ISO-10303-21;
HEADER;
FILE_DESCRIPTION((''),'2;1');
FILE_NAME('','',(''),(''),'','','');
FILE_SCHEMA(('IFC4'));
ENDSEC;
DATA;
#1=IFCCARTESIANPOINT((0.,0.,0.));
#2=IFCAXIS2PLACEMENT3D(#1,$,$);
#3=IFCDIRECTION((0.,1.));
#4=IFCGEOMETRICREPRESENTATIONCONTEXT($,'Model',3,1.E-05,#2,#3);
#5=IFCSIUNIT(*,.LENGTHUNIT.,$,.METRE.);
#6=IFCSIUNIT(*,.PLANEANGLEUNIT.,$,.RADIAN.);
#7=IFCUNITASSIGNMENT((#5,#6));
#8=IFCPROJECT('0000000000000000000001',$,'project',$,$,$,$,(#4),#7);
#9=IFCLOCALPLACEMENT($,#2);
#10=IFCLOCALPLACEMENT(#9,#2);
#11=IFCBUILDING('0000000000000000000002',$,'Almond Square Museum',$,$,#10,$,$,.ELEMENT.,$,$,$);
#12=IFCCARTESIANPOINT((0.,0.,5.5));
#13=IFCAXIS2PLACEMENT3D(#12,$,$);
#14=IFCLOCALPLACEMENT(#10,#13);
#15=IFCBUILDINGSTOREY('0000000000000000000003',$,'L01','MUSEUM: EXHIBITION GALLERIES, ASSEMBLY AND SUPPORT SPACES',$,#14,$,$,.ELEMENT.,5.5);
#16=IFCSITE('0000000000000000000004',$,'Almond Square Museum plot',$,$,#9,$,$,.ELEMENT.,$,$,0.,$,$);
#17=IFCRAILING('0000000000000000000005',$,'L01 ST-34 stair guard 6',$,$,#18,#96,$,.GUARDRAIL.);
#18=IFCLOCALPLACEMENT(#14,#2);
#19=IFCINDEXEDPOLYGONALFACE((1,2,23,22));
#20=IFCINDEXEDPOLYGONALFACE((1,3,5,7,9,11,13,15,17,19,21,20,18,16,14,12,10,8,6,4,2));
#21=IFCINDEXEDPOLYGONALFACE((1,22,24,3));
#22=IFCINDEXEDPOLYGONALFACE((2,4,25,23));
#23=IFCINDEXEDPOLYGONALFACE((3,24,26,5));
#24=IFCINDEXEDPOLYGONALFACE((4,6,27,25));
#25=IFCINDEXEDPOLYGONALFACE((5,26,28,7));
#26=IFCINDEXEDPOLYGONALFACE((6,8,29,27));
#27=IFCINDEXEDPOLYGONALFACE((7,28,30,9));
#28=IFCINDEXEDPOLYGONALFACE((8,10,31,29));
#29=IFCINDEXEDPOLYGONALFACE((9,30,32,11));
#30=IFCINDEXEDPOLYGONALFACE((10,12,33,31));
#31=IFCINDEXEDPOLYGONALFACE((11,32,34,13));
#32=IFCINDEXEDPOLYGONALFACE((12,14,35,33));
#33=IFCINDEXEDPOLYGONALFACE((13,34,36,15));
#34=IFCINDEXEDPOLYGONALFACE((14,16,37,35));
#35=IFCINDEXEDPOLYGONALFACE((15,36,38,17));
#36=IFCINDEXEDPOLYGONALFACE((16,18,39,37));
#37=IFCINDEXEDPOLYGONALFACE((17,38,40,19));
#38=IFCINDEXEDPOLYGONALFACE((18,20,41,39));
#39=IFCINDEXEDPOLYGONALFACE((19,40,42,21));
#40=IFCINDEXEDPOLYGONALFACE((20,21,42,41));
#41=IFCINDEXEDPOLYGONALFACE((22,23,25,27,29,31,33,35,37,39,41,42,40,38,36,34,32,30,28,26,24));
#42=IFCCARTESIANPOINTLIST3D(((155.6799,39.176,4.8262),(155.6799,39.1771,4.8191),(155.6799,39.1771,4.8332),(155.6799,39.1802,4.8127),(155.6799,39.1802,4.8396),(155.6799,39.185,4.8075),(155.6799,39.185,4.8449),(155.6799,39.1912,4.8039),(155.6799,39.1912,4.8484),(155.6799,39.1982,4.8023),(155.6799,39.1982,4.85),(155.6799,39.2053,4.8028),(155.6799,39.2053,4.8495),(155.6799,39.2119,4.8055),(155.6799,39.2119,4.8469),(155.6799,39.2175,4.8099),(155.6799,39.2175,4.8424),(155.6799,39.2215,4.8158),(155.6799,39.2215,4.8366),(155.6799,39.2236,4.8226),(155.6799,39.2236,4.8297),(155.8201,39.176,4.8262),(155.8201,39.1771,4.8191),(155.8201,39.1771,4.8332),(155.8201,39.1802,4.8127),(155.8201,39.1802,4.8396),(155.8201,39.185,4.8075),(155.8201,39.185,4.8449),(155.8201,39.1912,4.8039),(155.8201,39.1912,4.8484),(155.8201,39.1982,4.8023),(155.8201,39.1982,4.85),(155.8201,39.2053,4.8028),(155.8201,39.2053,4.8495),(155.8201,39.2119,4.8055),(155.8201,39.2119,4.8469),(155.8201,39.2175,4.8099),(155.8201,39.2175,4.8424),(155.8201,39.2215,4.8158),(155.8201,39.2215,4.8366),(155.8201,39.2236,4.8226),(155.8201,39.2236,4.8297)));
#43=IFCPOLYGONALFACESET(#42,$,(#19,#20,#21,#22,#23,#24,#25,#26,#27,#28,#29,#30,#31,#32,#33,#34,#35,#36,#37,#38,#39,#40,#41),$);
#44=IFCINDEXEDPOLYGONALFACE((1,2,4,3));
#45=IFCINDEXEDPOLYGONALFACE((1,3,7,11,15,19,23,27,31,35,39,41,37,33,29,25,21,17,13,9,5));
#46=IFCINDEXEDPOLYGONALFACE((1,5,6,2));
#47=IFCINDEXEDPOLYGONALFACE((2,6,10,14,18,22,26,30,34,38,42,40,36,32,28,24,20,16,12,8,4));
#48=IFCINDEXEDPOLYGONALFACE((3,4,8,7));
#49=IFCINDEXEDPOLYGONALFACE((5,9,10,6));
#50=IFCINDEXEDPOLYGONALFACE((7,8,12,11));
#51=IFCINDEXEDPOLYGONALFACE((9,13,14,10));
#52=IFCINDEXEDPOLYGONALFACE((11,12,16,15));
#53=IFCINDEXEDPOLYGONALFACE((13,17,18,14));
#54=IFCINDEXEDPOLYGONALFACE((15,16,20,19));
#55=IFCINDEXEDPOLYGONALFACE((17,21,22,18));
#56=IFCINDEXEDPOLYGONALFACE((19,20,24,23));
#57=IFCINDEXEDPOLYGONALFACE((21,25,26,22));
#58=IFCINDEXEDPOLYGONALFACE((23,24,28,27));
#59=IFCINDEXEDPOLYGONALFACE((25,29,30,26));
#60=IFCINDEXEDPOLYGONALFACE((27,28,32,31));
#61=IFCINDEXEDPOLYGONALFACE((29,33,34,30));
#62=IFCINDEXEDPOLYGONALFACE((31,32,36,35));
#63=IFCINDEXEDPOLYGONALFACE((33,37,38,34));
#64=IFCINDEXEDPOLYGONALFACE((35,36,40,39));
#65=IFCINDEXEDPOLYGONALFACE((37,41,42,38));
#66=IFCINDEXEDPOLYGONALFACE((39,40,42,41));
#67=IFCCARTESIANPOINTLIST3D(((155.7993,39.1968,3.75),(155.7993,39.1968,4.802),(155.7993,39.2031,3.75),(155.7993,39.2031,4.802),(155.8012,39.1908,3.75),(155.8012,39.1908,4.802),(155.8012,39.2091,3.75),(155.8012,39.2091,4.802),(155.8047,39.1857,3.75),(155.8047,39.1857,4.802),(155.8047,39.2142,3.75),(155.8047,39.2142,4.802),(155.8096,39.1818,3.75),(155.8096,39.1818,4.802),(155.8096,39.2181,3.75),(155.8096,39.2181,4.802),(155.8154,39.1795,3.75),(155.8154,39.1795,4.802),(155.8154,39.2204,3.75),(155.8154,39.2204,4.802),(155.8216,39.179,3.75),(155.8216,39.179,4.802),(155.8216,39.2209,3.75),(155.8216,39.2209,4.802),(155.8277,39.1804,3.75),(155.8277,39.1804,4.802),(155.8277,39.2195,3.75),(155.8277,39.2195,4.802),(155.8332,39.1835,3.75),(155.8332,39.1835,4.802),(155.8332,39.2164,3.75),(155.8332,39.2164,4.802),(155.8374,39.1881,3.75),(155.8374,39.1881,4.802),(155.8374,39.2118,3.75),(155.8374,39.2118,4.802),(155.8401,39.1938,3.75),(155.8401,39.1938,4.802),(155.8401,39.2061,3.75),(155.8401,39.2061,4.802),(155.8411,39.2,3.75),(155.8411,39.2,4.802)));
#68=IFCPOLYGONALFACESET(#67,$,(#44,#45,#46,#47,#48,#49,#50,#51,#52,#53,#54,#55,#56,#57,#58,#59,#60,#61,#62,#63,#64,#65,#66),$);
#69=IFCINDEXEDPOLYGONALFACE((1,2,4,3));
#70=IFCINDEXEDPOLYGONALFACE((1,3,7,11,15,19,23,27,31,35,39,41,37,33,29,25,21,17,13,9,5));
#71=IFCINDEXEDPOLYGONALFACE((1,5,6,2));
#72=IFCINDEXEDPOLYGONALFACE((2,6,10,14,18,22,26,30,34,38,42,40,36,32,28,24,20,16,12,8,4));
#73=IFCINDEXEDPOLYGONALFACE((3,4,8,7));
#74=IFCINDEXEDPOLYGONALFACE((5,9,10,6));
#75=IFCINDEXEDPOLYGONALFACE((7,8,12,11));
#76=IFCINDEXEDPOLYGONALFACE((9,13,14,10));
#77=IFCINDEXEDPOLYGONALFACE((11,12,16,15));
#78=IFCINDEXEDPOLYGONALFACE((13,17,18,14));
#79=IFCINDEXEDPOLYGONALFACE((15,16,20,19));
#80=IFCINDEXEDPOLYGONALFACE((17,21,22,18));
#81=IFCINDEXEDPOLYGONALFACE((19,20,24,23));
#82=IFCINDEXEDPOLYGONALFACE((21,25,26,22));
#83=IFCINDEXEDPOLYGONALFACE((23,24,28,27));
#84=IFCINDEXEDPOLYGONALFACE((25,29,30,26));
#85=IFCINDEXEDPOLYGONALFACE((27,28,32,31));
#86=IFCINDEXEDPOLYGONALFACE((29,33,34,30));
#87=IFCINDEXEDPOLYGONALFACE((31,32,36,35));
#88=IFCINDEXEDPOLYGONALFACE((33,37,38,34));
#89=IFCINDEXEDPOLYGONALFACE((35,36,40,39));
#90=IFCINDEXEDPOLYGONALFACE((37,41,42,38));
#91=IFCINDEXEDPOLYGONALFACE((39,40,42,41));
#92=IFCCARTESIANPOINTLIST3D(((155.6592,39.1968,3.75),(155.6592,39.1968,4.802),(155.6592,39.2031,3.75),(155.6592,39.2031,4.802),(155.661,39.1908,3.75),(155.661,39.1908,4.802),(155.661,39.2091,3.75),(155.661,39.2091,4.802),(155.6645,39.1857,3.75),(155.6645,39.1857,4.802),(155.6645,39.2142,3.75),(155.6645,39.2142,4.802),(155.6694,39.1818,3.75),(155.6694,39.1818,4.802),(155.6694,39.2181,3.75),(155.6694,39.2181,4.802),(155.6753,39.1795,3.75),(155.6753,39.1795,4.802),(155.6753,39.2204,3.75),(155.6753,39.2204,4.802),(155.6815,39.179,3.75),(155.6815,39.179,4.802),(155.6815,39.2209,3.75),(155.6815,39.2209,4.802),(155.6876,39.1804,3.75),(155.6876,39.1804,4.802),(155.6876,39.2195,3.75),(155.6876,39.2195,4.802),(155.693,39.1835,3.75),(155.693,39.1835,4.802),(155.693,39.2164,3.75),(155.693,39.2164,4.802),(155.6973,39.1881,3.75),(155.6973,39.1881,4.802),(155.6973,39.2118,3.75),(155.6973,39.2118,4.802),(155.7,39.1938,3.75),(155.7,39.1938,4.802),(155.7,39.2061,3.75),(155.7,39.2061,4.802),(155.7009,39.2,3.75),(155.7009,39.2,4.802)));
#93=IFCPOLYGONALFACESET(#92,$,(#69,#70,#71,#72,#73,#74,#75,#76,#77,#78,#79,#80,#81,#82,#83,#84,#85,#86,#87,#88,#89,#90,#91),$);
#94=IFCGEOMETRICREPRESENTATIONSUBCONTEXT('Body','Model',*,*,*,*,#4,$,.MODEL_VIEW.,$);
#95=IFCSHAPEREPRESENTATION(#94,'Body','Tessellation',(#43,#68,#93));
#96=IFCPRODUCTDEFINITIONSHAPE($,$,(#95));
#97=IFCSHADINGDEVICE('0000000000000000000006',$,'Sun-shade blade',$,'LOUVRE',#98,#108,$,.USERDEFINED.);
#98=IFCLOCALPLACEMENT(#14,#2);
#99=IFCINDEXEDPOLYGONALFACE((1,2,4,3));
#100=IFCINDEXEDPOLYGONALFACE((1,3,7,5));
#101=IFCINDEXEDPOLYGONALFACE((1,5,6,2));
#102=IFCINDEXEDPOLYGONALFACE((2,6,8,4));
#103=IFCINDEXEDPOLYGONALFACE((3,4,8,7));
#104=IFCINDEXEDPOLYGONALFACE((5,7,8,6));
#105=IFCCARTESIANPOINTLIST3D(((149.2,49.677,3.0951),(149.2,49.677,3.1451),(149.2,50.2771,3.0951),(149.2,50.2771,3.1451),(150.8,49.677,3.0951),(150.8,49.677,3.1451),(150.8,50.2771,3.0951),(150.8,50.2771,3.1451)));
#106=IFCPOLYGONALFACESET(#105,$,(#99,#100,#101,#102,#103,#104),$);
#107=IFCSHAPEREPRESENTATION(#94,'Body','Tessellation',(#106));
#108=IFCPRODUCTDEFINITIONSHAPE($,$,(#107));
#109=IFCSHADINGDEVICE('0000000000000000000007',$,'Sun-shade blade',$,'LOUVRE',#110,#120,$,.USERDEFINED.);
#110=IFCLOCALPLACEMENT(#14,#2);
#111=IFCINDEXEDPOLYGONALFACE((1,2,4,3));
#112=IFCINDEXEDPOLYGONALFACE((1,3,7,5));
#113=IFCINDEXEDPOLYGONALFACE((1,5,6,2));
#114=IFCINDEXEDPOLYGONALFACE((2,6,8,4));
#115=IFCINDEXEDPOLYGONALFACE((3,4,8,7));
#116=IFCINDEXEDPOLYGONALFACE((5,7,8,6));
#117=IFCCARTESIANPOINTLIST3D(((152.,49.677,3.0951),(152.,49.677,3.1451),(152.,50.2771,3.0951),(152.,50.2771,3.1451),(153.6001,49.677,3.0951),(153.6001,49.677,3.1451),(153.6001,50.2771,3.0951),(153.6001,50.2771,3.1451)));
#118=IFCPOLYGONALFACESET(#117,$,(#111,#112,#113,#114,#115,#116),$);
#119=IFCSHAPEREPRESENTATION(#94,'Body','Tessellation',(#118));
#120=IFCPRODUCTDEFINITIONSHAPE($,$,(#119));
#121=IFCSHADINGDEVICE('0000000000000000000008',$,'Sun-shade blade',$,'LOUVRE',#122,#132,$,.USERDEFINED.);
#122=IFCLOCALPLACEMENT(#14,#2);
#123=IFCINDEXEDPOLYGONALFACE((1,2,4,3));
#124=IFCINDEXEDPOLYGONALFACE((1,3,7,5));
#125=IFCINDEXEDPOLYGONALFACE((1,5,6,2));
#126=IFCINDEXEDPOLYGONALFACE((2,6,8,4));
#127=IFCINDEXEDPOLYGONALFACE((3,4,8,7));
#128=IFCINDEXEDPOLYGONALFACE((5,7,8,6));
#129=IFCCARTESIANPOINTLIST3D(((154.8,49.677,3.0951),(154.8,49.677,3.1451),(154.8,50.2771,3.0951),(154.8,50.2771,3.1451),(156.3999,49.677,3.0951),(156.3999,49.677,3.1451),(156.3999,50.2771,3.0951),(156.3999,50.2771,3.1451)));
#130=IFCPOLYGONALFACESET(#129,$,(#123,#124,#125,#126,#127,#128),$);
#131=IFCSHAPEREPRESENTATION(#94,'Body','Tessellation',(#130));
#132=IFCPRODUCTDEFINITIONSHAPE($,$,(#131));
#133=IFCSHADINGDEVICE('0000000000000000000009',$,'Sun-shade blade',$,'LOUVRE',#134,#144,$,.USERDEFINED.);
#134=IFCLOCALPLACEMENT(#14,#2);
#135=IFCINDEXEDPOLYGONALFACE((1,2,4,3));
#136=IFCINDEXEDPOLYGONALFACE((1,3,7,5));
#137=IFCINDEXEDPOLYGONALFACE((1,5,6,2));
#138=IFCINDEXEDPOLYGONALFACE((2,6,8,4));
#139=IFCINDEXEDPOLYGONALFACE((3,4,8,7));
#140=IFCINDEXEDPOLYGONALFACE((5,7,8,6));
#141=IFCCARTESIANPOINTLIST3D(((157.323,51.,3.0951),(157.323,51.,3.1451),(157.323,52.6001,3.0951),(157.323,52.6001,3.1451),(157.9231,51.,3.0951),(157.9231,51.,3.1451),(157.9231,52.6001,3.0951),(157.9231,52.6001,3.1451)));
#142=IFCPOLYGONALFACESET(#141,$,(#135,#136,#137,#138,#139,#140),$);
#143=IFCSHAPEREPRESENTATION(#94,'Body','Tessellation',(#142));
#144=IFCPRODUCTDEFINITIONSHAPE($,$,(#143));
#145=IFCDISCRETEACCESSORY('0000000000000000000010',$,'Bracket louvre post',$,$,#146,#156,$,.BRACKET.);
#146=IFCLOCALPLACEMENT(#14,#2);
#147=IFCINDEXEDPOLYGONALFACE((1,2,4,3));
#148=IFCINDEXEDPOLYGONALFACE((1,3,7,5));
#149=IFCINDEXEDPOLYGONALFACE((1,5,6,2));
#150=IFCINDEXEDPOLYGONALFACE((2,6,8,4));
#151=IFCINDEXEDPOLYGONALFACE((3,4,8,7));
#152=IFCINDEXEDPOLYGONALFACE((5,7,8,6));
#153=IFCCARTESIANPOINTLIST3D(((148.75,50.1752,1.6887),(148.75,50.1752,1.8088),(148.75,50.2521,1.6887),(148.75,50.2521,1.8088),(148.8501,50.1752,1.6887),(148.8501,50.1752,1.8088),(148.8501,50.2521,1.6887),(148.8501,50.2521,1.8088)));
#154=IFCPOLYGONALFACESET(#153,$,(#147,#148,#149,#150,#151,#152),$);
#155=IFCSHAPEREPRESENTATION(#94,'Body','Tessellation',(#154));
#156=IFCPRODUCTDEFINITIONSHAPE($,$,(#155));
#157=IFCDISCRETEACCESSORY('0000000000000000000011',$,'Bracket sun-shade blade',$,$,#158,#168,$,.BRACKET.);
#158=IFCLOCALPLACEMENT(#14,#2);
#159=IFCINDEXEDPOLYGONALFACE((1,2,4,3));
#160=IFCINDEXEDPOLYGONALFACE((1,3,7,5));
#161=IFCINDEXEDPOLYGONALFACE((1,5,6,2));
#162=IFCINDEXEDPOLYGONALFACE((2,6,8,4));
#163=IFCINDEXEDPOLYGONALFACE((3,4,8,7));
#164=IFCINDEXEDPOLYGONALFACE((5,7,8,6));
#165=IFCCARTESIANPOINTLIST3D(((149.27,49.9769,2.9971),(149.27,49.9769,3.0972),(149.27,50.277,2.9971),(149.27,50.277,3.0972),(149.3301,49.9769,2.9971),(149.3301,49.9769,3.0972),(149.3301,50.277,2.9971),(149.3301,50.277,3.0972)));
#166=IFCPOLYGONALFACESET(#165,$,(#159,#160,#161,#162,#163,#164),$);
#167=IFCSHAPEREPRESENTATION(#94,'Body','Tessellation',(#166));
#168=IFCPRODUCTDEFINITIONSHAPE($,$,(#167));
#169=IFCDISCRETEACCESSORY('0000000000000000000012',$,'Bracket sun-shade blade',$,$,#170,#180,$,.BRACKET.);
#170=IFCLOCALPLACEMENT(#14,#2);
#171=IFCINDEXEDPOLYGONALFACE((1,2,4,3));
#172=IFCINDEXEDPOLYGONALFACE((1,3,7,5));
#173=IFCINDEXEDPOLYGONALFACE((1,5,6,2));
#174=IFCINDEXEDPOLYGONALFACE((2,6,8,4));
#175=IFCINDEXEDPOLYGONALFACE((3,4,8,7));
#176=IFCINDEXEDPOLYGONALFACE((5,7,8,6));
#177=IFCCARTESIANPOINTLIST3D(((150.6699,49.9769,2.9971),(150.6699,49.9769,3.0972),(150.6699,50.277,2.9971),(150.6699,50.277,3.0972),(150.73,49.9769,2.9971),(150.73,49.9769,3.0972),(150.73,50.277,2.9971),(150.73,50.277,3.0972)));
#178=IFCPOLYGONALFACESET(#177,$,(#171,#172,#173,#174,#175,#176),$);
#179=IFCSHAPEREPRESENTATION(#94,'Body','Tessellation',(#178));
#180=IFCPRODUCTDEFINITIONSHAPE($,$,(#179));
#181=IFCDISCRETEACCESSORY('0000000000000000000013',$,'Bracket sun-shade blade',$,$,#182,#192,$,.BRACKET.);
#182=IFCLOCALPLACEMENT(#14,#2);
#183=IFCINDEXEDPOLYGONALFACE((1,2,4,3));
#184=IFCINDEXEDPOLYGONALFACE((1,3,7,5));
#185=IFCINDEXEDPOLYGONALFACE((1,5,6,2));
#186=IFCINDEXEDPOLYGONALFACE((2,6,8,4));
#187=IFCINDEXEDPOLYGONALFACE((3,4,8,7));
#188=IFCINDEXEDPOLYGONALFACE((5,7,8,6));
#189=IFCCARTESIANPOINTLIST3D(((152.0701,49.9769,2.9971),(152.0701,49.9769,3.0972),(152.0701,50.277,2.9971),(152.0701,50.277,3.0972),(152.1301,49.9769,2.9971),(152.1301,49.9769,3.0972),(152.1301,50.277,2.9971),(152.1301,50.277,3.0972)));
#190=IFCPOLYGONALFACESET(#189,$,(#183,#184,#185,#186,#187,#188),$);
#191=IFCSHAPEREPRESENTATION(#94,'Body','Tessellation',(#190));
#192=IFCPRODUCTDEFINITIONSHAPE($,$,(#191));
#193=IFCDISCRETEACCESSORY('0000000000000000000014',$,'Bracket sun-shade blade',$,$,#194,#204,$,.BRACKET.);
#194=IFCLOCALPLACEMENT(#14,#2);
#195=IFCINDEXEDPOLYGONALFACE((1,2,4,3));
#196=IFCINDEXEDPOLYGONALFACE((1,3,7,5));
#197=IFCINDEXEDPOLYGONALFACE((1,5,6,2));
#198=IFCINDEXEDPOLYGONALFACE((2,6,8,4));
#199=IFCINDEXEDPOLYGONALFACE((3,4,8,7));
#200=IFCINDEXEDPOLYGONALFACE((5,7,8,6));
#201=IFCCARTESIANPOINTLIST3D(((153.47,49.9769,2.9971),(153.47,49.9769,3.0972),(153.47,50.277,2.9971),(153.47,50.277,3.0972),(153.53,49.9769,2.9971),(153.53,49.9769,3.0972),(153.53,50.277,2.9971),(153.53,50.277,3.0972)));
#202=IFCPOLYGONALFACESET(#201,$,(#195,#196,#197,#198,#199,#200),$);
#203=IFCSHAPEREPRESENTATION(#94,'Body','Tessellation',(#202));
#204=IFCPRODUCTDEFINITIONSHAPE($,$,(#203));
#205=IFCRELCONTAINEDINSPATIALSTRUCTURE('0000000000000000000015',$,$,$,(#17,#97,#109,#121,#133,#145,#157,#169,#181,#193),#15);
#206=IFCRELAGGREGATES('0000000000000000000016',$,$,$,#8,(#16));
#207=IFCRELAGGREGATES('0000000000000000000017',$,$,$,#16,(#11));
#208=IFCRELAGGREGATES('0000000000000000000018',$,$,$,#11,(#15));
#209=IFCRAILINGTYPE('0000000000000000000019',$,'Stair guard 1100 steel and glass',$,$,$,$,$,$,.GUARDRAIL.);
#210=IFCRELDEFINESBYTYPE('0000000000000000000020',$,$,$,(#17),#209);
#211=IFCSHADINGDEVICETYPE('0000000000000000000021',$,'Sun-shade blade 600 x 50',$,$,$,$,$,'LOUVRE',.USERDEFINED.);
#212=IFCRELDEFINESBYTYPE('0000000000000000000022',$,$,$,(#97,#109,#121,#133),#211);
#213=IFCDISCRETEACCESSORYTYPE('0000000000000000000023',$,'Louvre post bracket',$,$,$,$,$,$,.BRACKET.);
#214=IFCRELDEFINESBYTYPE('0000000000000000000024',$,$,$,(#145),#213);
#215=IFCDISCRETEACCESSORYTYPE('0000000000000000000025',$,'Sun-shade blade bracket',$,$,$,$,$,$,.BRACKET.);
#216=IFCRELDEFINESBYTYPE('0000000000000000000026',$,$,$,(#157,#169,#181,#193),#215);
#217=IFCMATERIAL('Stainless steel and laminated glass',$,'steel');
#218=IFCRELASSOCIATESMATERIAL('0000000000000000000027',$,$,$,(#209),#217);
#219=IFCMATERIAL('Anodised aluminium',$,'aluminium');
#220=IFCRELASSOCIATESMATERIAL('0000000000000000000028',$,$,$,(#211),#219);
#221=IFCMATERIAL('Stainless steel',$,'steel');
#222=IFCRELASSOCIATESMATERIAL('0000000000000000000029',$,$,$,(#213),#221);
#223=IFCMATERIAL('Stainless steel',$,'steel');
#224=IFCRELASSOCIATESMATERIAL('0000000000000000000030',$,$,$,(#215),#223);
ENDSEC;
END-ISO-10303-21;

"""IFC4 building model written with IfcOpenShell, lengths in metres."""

from ifc_helpers import new_model, si_unit, direction, frame, origin, origin_2d, place, context, subcontext, project, spatial, rectangle, circle, extrude, material, material_profile, profile_set, type_object, element, save


model = new_model("IFC4")

# Units and contexts
model_context = context("Model", 3, precision=1e-05, world=origin(), true_north=direction((0.0, 1.0)))
body_context = subcontext(model_context, "Body", "Model", "MODEL_VIEW")
ifc_project = project(units=[si_unit("LENGTHUNIT", "METRE"), si_unit("PLANEANGLEUNIT", "RADIAN")], contexts=[model_context])

# Site, building, storey
site_placement = place(None, origin())
site = spatial("IfcSite", under=ifc_project, at=site_placement, Name="Almond Square Museum plot", CompositionType="ELEMENT", RefElevation=0.0)
building_placement = place(site_placement, origin())
building = spatial("IfcBuilding", under=site, at=building_placement, Name="Almond Square Museum", CompositionType="ELEMENT")
storey_placement = place(building_placement, frame((0.0, 0.0, 5.5)))
storey = spatial("IfcBuildingStorey", under=building, at=storey_placement, Name="L01", Description="MUSEUM: EXHIBITION GALLERIES, ASSEMBLY AND SUPPORT SPACES", CompositionType="ELEMENT", Elevation=5.5)

# Railing
ifc_material_1 = material(Name="Stainless steel and laminated glass", Category="steel")
railing_type = type_object("IfcRailingType", Name="Stair guard 1100 steel and glass", PredefinedType="GUARDRAIL", material=ifc_material_1)
for number, where, name in (
    (1, (155.8201, 39.2, 3.75), "L01 ST-34 stair guard 6"),
):
    element("IfcRailing", number, at=place(storey_placement, frame(where)), inside=storey, type_object=railing_type, Name=name, PredefinedType="GUARDRAIL", context=body_context, shape_type="SweptSolid", body=[
        extrude(circle(Radius=0.0239, at=origin_2d()), frame((0.0, 0.0, 1.0762), z_axis=(-1.0, 0.0, 0.0), x_axis=(0.0, -1.0, 0.0)), (0.0, 0.0, 1.0), 0.1401),
        extrude(circle(Radius=0.021, at=origin_2d()), origin(), (0.0, 0.0, 1.0), 1.052),
        extrude(circle(Radius=0.021, at=origin_2d()), frame((-0.1401, 0.0, 0.0)), (0.0, 0.0, 1.0), 1.052),
    ])

# Shading devices
ifc_material_2 = material(Name="Anodised aluminium", Category="aluminium")
ifc_material_profile_1 = material_profile(ifc_material_2, rectangle(XDim=0.6001, YDim=0.05, at=origin_2d()))
ifc_profile_set_1 = profile_set([ifc_material_profile_1], Name="Anodised aluminium")
shading_device_type = type_object("IfcShadingDeviceType", Name="Sun-shade blade 600 x 50", ElementType="LOUVRE", PredefinedType="USERDEFINED", material=ifc_profile_set_1)
for number, where, z_axis, x_axis, name in (
    (2, (149.2, 49.9771, 3.1201), (1.0, 0.0, 0.0), (0.0, 1.0, 0.0), "Sun-shade blade"),
    (3, (152.0, 49.9771, 3.1201), (1.0, 0.0, 0.0), (0.0, 1.0, 0.0), "Sun-shade blade"),
):
    element("IfcShadingDevice", number, at=place(storey_placement, frame(where, z_axis=z_axis, x_axis=x_axis)), inside=storey, type_object=shading_device_type, Name=name, ObjectType="LOUVRE", PredefinedType="USERDEFINED", context=body_context, shape_type="SweptSolid", body=[
        extrude(rectangle(XDim=0.6001, YDim=0.05, at=origin_2d()), origin(), (0.0, 0.0, 1.0), 1.6001),
    ])
shading_device_1_placement = place(storey_placement, frame((154.8, 49.9771, 3.1201), z_axis=(1.0, 0.0, 0.0), x_axis=(0.0, 1.0, 0.0)))
element("IfcShadingDevice", 4, at=shading_device_1_placement, inside=storey, type_object=shading_device_type, Name="Sun-shade blade", ObjectType="LOUVRE", PredefinedType="USERDEFINED", context=body_context, shape_type="SweptSolid", body=[
    extrude(rectangle(XDim=0.6001, YDim=0.05, at=origin_2d()), origin(), (0.0, 0.0, 1.0), 1.5999),
])
shading_device_2_placement = place(storey_placement, frame((157.623, 51.0, 3.1201), z_axis=(0.0, 1.0, 0.0), x_axis=(-1.0, 0.0, 0.0)))
element("IfcShadingDevice", 5, at=shading_device_2_placement, inside=storey, type_object=shading_device_type, Name="Sun-shade blade", ObjectType="LOUVRE", PredefinedType="USERDEFINED", context=body_context, shape_type="SweptSolid", body=[
    extrude(rectangle(XDim=0.6001, YDim=0.05, at=origin_2d()), origin(), (0.0, 0.0, 1.0), 1.6001),
])

# Discrete accessories
ifc_material_3 = material(Name="Stainless steel", Category="steel")
discrete_accessory_type_1 = type_object("IfcDiscreteAccessoryType", Name="Louvre post bracket", PredefinedType="BRACKET", material=ifc_material_3)
discrete_accessory_placement = place(storey_placement, frame((148.8, 50.2136, 1.6887), z_axis=(0.0, 0.0, 1.0), x_axis=(1.0, 0.0, 0.0)))
element("IfcDiscreteAccessory", 6, at=discrete_accessory_placement, inside=storey, type_object=discrete_accessory_type_1, Name="Bracket louvre post", PredefinedType="BRACKET", context=body_context, shape_type="SweptSolid", body=[
    extrude(rectangle(XDim=0.1001, YDim=0.0769, at=origin_2d()), origin(), (0.0, 0.0, 1.0), 0.1201),
])
ifc_material_4 = material(Name="Stainless steel", Category="steel")
discrete_accessory_type_2 = type_object("IfcDiscreteAccessoryType", Name="Sun-shade blade bracket", PredefinedType="BRACKET", material=ifc_material_4)
for number, where, z_axis, x_axis, name in (
    (7, (149.3, 50.127, 2.9971), (0.0, 0.0, 1.0), (1.0, 0.0, 0.0), "Bracket sun-shade blade"),
    (8, (150.7, 50.127, 2.9971), (0.0, 0.0, 1.0), (1.0, 0.0, 0.0), "Bracket sun-shade blade"),
    (9, (152.1001, 50.127, 2.9971), (0.0, 0.0, 1.0), (1.0, 0.0, 0.0), "Bracket sun-shade blade"),
    (10, (153.5, 50.127, 2.9971), (0.0, 0.0, 1.0), (1.0, 0.0, 0.0), "Bracket sun-shade blade"),
):
    element("IfcDiscreteAccessory", number, at=place(storey_placement, frame(where, z_axis=z_axis, x_axis=x_axis)), inside=storey, type_object=discrete_accessory_type_2, Name=name, PredefinedType="BRACKET", context=body_context, shape_type="SweptSolid", body=[
        extrude(rectangle(XDim=0.0601, YDim=0.3, at=origin_2d()), origin(), (0.0, 0.0, 1.0), 0.1001),
    ])

save(model, "model.ifc")
